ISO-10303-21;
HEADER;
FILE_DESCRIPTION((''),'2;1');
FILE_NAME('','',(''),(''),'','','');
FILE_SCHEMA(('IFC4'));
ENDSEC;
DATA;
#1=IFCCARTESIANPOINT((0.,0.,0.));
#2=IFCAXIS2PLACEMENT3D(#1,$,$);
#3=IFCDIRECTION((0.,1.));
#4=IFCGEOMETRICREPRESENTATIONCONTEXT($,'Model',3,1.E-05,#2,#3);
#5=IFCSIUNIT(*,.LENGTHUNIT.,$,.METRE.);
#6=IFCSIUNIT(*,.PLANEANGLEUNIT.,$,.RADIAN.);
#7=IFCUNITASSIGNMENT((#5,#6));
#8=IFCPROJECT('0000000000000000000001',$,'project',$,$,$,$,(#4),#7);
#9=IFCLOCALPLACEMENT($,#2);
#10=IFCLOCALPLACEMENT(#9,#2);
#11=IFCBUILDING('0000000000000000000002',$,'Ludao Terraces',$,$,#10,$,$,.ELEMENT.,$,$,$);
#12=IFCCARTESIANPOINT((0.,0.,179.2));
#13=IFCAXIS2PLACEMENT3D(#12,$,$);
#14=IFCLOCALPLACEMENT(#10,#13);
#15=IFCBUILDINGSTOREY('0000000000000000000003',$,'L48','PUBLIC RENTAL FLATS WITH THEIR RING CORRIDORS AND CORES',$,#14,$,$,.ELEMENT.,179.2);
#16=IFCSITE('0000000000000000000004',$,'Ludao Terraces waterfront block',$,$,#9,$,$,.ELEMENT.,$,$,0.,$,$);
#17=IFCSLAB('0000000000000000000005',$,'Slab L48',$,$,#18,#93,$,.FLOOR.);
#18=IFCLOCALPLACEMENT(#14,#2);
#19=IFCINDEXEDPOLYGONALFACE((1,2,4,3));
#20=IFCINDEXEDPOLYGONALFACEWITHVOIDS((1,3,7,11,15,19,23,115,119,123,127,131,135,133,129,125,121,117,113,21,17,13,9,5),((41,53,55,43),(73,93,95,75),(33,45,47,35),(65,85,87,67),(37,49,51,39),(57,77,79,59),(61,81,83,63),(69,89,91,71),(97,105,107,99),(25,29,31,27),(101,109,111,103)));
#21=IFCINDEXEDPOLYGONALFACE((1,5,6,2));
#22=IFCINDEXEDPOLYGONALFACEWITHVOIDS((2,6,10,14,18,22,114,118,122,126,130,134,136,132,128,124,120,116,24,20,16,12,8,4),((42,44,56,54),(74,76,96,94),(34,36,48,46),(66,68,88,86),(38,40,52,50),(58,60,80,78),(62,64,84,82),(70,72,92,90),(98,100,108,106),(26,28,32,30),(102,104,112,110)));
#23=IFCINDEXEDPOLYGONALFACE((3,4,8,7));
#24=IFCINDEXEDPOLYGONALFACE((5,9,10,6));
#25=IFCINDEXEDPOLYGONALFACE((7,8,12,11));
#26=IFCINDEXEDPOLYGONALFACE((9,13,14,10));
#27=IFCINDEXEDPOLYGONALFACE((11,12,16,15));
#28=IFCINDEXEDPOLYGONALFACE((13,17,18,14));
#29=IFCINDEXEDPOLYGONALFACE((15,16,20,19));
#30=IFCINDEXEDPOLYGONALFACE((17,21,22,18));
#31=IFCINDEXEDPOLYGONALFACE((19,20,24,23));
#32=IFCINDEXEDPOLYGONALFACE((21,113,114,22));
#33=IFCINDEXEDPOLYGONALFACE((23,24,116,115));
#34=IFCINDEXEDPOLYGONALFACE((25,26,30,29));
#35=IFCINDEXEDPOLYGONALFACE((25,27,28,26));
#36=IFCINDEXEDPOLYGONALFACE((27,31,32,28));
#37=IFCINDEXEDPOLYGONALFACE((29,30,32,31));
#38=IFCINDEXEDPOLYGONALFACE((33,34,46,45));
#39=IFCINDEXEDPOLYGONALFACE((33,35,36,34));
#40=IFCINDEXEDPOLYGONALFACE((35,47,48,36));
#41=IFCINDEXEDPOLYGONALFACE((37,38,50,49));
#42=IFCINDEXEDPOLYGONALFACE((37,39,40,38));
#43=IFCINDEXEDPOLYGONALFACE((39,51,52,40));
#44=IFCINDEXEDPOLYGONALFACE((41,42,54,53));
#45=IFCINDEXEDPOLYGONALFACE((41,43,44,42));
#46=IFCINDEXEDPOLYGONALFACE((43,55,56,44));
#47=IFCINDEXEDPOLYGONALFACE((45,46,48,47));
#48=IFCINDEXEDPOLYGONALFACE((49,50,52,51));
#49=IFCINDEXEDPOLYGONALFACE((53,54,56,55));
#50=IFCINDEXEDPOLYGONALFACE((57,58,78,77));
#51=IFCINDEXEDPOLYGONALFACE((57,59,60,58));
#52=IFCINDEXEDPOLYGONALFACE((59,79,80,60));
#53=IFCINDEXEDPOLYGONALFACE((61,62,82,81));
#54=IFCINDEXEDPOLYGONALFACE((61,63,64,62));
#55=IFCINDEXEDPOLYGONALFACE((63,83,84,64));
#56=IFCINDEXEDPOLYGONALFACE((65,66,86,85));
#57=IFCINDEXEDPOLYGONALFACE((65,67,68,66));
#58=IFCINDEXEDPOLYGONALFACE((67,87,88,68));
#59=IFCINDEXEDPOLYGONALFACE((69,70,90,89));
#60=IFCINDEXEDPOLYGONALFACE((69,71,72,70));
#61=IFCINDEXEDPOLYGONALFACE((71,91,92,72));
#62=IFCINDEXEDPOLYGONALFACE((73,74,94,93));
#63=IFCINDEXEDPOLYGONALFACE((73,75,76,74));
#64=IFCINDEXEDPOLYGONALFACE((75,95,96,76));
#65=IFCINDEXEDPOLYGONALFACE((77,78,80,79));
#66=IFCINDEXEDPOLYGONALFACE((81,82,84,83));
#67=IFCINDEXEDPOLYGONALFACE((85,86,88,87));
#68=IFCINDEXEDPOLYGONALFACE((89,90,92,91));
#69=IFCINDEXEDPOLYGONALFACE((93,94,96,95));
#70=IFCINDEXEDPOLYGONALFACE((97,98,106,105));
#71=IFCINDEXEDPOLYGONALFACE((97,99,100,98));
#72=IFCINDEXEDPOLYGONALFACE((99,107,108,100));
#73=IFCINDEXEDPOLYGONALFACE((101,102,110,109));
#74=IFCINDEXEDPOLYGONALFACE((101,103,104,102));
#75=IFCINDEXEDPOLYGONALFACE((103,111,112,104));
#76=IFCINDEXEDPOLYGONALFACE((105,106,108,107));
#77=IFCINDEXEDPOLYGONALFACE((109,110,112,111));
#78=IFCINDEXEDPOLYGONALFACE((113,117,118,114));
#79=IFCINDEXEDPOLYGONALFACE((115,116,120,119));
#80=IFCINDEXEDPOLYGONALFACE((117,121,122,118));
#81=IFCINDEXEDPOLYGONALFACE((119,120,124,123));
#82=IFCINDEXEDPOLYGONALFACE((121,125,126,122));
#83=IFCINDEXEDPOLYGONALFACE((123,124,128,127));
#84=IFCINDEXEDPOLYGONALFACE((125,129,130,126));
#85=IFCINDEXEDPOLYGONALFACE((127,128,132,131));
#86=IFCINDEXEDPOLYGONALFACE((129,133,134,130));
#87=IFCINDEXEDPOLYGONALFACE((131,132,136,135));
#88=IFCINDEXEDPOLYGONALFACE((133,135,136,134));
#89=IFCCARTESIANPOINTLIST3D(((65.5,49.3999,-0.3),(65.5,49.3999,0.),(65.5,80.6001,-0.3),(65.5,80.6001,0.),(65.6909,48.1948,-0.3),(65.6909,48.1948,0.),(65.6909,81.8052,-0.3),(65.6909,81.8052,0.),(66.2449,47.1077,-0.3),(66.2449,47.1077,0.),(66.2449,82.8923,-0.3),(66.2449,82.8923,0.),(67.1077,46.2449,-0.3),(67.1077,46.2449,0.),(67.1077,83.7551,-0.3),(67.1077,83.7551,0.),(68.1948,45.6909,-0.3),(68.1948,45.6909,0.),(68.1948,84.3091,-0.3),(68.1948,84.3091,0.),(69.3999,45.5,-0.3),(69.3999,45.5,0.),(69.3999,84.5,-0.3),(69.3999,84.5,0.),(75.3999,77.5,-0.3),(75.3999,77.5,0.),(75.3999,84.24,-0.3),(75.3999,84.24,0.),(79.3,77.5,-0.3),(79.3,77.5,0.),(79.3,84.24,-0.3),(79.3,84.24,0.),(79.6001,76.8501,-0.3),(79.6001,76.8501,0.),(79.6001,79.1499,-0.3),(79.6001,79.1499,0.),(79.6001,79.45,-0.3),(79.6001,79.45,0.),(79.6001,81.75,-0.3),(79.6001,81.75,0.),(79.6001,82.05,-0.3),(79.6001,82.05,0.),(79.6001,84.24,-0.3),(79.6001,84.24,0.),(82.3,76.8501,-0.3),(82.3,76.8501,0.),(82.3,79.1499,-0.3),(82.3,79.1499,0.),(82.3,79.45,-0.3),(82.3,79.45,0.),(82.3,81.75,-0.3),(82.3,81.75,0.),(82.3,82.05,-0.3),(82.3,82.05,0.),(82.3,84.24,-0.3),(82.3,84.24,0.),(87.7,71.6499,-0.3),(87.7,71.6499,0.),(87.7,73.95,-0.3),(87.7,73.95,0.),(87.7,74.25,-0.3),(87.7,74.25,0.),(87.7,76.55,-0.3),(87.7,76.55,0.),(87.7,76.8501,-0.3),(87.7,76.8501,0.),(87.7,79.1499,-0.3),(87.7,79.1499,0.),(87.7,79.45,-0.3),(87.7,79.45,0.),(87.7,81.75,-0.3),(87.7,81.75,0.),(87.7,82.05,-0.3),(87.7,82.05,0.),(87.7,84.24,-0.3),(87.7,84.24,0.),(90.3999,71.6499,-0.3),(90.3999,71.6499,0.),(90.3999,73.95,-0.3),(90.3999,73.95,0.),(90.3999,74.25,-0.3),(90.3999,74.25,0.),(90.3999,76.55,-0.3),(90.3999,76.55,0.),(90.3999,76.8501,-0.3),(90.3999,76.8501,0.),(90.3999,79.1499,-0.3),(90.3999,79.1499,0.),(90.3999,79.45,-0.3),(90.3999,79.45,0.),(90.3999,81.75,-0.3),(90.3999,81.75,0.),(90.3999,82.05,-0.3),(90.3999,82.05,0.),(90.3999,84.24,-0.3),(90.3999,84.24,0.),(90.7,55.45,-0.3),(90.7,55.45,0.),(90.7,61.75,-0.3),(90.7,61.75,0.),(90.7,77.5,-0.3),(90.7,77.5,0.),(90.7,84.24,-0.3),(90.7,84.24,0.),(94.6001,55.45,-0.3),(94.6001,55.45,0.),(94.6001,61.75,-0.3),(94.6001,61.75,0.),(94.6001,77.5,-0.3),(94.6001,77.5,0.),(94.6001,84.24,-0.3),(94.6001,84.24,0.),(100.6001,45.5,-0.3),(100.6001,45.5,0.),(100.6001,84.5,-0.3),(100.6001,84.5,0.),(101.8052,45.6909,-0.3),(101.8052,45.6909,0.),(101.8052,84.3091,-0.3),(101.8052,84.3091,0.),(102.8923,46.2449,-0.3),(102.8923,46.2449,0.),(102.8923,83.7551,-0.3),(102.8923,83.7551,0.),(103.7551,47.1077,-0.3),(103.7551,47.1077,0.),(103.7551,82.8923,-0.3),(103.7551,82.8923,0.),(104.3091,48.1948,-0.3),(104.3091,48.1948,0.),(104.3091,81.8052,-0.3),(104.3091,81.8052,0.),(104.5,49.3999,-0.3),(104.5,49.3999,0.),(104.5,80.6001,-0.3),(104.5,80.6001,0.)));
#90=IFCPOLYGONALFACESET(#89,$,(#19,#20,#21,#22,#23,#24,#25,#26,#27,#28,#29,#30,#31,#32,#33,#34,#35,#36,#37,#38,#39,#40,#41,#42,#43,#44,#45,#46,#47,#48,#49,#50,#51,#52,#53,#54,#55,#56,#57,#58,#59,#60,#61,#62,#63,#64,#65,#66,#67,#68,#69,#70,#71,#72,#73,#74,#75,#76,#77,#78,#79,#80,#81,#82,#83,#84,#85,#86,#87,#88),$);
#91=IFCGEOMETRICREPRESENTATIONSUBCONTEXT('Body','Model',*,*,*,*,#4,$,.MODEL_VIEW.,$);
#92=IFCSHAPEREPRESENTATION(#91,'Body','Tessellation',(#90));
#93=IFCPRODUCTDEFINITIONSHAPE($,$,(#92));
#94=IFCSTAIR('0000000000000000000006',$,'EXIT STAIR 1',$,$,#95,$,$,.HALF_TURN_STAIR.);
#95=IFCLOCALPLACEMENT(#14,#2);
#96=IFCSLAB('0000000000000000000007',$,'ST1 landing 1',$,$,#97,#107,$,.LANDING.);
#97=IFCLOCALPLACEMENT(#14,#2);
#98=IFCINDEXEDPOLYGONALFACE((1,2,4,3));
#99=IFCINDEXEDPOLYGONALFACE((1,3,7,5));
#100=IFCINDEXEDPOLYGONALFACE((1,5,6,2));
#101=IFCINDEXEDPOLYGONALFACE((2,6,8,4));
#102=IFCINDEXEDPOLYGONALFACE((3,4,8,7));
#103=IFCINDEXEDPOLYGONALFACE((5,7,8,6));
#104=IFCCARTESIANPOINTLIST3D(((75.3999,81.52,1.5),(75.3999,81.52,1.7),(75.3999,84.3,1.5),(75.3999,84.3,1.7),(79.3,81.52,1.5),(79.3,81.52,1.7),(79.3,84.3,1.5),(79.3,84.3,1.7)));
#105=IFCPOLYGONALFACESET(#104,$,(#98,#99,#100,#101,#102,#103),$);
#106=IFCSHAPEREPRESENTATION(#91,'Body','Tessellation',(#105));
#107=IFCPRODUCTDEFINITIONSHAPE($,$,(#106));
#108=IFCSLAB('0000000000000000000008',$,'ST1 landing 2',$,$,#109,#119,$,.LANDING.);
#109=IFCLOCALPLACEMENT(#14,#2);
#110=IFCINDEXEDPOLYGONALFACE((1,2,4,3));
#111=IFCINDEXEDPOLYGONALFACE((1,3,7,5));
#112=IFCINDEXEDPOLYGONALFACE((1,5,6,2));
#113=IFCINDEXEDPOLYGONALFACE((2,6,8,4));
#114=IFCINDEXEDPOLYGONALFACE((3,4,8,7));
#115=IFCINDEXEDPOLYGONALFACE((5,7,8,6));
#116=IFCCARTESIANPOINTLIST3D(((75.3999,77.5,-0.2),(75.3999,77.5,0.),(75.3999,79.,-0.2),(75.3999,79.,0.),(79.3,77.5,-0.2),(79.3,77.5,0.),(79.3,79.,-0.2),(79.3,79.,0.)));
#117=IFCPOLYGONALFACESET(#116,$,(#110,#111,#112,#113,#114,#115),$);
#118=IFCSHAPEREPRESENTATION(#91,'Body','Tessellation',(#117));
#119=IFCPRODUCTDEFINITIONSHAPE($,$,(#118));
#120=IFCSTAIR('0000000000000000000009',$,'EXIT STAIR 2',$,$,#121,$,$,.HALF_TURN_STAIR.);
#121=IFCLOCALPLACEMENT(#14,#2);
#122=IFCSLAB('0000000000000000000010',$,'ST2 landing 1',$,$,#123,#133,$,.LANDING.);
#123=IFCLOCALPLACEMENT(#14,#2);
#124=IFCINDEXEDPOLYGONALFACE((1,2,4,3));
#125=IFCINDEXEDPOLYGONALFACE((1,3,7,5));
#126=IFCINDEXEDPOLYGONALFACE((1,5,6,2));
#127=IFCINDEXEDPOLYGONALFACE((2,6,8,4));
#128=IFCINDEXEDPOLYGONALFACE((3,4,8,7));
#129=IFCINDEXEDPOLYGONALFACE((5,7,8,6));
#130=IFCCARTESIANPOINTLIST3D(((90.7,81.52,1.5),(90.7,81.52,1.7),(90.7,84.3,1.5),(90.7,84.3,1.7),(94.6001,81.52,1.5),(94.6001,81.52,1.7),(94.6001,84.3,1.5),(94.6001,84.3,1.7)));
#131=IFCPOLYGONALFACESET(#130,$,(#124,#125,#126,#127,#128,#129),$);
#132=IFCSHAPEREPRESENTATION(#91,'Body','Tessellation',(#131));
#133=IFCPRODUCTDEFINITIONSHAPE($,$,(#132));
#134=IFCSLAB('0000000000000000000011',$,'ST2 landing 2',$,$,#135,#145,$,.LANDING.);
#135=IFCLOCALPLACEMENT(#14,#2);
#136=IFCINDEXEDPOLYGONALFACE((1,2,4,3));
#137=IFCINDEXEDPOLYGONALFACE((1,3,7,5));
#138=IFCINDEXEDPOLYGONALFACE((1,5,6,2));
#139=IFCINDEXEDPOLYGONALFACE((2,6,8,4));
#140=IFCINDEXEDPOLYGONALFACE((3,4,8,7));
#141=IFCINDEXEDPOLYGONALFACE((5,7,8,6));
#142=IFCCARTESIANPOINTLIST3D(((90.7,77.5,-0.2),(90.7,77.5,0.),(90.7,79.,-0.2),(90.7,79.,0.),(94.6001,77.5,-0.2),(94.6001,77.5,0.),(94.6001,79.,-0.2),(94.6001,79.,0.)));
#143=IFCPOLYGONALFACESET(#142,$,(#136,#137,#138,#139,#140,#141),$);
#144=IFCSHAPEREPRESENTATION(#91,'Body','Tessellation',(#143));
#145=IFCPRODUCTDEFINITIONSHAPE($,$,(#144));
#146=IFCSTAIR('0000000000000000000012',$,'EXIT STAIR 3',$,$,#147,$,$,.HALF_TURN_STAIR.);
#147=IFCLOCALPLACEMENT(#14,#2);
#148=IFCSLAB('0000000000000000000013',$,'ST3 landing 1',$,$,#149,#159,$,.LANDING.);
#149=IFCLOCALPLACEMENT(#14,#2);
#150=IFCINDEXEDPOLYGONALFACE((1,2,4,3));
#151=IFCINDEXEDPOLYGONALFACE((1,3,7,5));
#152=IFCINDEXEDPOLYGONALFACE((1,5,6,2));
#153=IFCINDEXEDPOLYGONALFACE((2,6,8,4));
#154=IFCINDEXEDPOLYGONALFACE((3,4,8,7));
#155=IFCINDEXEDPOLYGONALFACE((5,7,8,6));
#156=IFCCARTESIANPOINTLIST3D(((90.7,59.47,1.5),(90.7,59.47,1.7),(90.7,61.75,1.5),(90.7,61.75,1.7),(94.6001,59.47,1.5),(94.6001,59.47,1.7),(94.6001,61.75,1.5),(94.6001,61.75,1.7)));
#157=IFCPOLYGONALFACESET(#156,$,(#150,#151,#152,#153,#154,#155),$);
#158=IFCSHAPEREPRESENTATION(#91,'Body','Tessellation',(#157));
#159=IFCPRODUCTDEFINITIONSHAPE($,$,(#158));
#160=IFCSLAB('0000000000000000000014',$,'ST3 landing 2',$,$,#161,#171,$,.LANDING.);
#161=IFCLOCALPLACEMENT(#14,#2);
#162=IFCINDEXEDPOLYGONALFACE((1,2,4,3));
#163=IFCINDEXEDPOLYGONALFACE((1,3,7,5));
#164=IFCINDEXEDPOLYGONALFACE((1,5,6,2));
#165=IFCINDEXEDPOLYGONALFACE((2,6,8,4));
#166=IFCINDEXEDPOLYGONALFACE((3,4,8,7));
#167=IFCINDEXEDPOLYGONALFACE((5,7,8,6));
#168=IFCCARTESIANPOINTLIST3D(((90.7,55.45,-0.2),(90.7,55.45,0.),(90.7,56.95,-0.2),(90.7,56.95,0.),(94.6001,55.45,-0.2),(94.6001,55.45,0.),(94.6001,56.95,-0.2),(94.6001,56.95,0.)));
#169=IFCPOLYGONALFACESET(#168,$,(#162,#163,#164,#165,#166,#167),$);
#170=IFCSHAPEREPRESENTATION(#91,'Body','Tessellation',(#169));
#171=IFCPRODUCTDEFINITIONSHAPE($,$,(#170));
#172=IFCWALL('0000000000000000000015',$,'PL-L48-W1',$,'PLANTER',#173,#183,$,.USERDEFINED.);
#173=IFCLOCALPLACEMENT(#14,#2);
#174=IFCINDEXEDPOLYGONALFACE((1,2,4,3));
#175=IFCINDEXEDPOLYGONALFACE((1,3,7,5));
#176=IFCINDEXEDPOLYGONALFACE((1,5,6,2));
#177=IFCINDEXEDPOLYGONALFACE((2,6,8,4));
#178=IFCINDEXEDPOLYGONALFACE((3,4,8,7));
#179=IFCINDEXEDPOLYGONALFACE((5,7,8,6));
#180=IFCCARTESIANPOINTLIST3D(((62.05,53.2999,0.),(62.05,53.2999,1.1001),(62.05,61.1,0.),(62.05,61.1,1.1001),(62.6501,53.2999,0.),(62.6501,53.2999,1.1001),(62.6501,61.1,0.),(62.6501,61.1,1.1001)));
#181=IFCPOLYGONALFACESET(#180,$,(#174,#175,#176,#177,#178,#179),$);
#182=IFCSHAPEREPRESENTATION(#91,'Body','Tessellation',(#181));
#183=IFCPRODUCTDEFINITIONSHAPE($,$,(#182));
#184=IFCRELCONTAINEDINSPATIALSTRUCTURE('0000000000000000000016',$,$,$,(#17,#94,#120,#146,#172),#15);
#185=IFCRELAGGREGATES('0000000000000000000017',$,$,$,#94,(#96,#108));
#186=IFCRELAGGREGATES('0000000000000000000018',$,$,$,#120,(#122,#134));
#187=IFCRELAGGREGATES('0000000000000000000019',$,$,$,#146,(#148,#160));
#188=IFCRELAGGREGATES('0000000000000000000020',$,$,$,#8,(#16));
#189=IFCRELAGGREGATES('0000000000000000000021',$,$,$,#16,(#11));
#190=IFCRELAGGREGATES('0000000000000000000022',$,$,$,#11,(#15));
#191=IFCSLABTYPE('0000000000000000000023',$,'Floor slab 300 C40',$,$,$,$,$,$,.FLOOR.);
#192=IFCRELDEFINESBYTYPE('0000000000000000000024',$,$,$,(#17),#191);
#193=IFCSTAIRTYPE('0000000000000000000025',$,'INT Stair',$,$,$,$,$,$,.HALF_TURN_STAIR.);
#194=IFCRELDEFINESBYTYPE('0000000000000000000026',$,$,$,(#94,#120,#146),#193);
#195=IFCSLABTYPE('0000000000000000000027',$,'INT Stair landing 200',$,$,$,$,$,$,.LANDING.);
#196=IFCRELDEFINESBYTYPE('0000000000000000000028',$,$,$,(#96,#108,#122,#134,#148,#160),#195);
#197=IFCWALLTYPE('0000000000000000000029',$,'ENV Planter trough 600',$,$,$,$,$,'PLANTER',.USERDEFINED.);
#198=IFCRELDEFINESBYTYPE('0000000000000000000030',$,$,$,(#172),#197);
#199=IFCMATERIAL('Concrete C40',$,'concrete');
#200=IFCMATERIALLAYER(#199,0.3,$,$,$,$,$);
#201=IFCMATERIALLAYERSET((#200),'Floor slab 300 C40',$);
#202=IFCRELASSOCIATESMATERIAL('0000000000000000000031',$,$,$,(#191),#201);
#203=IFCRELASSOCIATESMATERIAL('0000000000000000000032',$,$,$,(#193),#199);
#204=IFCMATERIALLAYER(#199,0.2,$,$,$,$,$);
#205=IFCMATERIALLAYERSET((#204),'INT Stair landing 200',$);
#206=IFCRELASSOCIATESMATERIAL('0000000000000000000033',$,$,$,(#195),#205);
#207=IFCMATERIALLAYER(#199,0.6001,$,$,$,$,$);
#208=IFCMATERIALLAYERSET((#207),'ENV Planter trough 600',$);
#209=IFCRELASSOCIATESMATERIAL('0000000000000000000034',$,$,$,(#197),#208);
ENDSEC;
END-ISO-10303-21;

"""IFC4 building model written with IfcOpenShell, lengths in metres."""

from ifc_helpers import new_model, si_unit, direction, frame, frame_2d, origin, place, context, subcontext, project, spatial, polyline, rectangle, outline, extrude, material, layer, layer_set, type_object, element, aggregate, save


model = new_model("IFC4")

# Units and contexts
model_context = context("Model", 3, precision=1e-05, world=origin(), true_north=direction((0.0, 1.0)))
body_context = subcontext(model_context, "Body", "Model", "MODEL_VIEW")
ifc_project = project(units=[si_unit("LENGTHUNIT", "METRE"), si_unit("PLANEANGLEUNIT", "RADIAN")], contexts=[model_context])

# Site, building, storey
site_placement = place(None, origin())
site = spatial("IfcSite", under=ifc_project, at=site_placement, Name="Ludao Terraces waterfront block", CompositionType="ELEMENT", RefElevation=0.0)
building_placement = place(site_placement, origin())
building = spatial("IfcBuilding", under=site, at=building_placement, Name="Ludao Terraces", CompositionType="ELEMENT")
storey_placement = place(building_placement, frame((0.0, 0.0, 179.2)))
storey = spatial("IfcBuildingStorey", under=building, at=storey_placement, Name="L48", Description="PUBLIC RENTAL FLATS WITH THEIR RING CORRIDORS AND CORES", CompositionType="ELEMENT", Elevation=179.2)

# Shared definitions
ifc_material_1 = material(Name="Concrete C40", Category="concrete")

# Slab
ifc_layer_1 = layer(ifc_material_1, 0.3)
ifc_layer_set_1 = layer_set([ifc_layer_1], Name="Floor slab 300 C40")
slab_type_1 = type_object("IfcSlabType", Name="Floor slab 300 C40", PredefinedType="FLOOR", material=ifc_layer_set_1)
slab_1_placement = place(storey_placement, frame((0.0, 0.0, -0.3)))
element("IfcSlab", 1, at=slab_1_placement, inside=storey, type_object=slab_type_1, Name="Slab L48", PredefinedType="FLOOR", context=body_context, shape_type="SweptSolid", body=[
    extrude(outline(polyline([(100.6001, 45.5), (101.8052, 45.6909), (102.8923, 46.2449), (103.7551, 47.1077), (104.3091, 48.1948), (104.5, 49.3999), (104.5, 80.6001), (104.3091, 81.8052), (103.7551, 82.8923), (102.8923, 83.7551), (101.8052, 84.3091), (100.6001, 84.5), (69.3999, 84.5), (68.1948, 84.3091), (67.1077, 83.7551), (66.2449, 82.8923), (65.6909, 81.8052), (65.5, 80.6001), (65.5, 49.3999), (65.6909, 48.1948), (66.2449, 47.1077), (67.1077, 46.2449), (68.1948, 45.6909), (69.3999, 45.5), (100.6001, 45.5)]), holes=[polyline([(79.6001, 76.8501), (82.3, 76.8501), (82.3, 79.1499), (79.6001, 79.1499), (79.6001, 76.8501)]), polyline([(79.6001, 79.45), (82.3, 79.45), (82.3, 81.75), (79.6001, 81.75), (79.6001, 79.45)]), polyline([(79.6001, 82.05), (82.3, 82.05), (82.3, 84.24), (79.6001, 84.24), (79.6001, 82.05)]), polyline([(87.7, 71.6499), (90.3999, 71.6499), (90.3999, 73.95), (87.7, 73.95), (87.7, 71.6499)]), polyline([(87.7, 74.25), (90.3999, 74.25), (90.3999, 76.55), (87.7, 76.55), (87.7, 74.25)]), polyline([(87.7, 76.8501), (90.3999, 76.8501), (90.3999, 79.1499), (87.7, 79.1499), (87.7, 76.8501)]), polyline([(87.7, 79.45), (90.3999, 79.45), (90.3999, 81.75), (87.7, 81.75), (87.7, 79.45)]), polyline([(87.7, 82.05), (90.3999, 82.05), (90.3999, 84.24), (87.7, 84.24), (87.7, 82.05)]), polyline([(75.3999, 77.5), (79.3, 77.5), (79.3, 84.24), (75.3999, 84.24), (75.3999, 77.5)]), polyline([(90.7, 77.5), (94.6001, 77.5), (94.6001, 84.24), (90.7, 84.24), (90.7, 77.5)]), polyline([(90.7, 55.45), (94.6001, 55.45), (94.6001, 61.75), (90.7, 61.75), (90.7, 55.45)])]), origin(), (0.0, 0.0, 1.0), 0.3),
])

# Stairs, slabs
stair_type = type_object("IfcStairType", Name="INT Stair", PredefinedType="HALF_TURN_STAIR", material=ifc_material_1)
stair_1_placement = place(storey_placement, origin())
stair_1 = element("IfcStair", 2, at=stair_1_placement, inside=storey, type_object=stair_type, Name="EXIT STAIR 1", PredefinedType="HALF_TURN_STAIR")
ifc_layer_2 = layer(ifc_material_1, 0.2)
ifc_layer_set_2 = layer_set([ifc_layer_2], Name="INT Stair landing 200")
slab_type_2 = type_object("IfcSlabType", Name="INT Stair landing 200", PredefinedType="LANDING", material=ifc_layer_set_2)
slab_2_placement = place(storey_placement, frame((0.0, 0.0, 1.5)))
slab_2 = element("IfcSlab", 3, at=slab_2_placement, type_object=slab_type_2, Name="ST1 landing 1", PredefinedType="LANDING", context=body_context, shape_type="SweptSolid", body=[
    extrude(outline(polyline([(75.3999, 81.52), (79.3, 81.52), (79.3, 84.3), (75.3999, 84.3), (75.3999, 81.52)])), origin(), (0.0, 0.0, 1.0), 0.2),
])
slab_3_placement = place(storey_placement, frame((0.0, 0.0, -0.2)))
slab_3 = element("IfcSlab", 4, at=slab_3_placement, type_object=slab_type_2, Name="ST1 landing 2", PredefinedType="LANDING", context=body_context, shape_type="SweptSolid", body=[
    extrude(outline(polyline([(75.3999, 77.5), (79.3, 77.5), (79.3, 79.0), (75.3999, 79.0), (75.3999, 77.5)])), origin(), (0.0, 0.0, 1.0), 0.2),
])
aggregate(stair_1, [slab_2, slab_3])
stair_2_placement = place(storey_placement, origin())
stair_2 = element("IfcStair", 5, at=stair_2_placement, inside=storey, type_object=stair_type, Name="EXIT STAIR 2", PredefinedType="HALF_TURN_STAIR")
slab_4_placement = place(storey_placement, frame((0.0, 0.0, 1.5)))
slab_4 = element("IfcSlab", 6, at=slab_4_placement, type_object=slab_type_2, Name="ST2 landing 1", PredefinedType="LANDING", context=body_context, shape_type="SweptSolid", body=[
    extrude(outline(polyline([(90.7, 81.52), (94.6001, 81.52), (94.6001, 84.3), (90.7, 84.3), (90.7, 81.52)])), origin(), (0.0, 0.0, 1.0), 0.2),
])
slab_5_placement = place(storey_placement, frame((0.0, 0.0, -0.2)))
slab_5 = element("IfcSlab", 7, at=slab_5_placement, type_object=slab_type_2, Name="ST2 landing 2", PredefinedType="LANDING", context=body_context, shape_type="SweptSolid", body=[
    extrude(outline(polyline([(90.7, 77.5), (94.6001, 77.5), (94.6001, 79.0), (90.7, 79.0), (90.7, 77.5)])), origin(), (0.0, 0.0, 1.0), 0.2),
])
aggregate(stair_2, [slab_4, slab_5])
stair_3_placement = place(storey_placement, origin())
stair_3 = element("IfcStair", 8, at=stair_3_placement, inside=storey, type_object=stair_type, Name="EXIT STAIR 3", PredefinedType="HALF_TURN_STAIR")
slab_6_placement = place(storey_placement, frame((0.0, 0.0, 1.5)))
slab_6 = element("IfcSlab", 9, at=slab_6_placement, type_object=slab_type_2, Name="ST3 landing 1", PredefinedType="LANDING", context=body_context, shape_type="SweptSolid", body=[
    extrude(outline(polyline([(90.7, 59.47), (94.6001, 59.47), (94.6001, 61.75), (90.7, 61.75), (90.7, 59.47)])), origin(), (0.0, 0.0, 1.0), 0.2),
])
slab_7_placement = place(storey_placement, frame((0.0, 0.0, -0.2)))
slab_7 = element("IfcSlab", 10, at=slab_7_placement, type_object=slab_type_2, Name="ST3 landing 2", PredefinedType="LANDING", context=body_context, shape_type="SweptSolid", body=[
    extrude(outline(polyline([(90.7, 55.45), (94.6001, 55.45), (94.6001, 56.95), (90.7, 56.95), (90.7, 55.45)])), origin(), (0.0, 0.0, 1.0), 0.2),
])
aggregate(stair_3, [slab_6, slab_7])

# Wall
ifc_layer_3 = layer(ifc_material_1, 0.6001)
ifc_layer_set_3 = layer_set([ifc_layer_3], Name="ENV Planter trough 600")
wall_type = type_object("IfcWallType", Name="ENV Planter trough 600", ElementType="PLANTER", PredefinedType="USERDEFINED", material=ifc_layer_set_3)
wall_1_placement = place(storey_placement, frame((62.3501, 53.3, 0.0), z_axis=(0.0, 0.0, 1.0), x_axis=(0.0, 1.0, 0.0)))
element("IfcWall", 11, at=wall_1_placement, inside=storey, type_object=wall_type, Name="PL-L48-W1", ObjectType="PLANTER", PredefinedType="USERDEFINED", context=body_context, shape_type="SweptSolid", body=[
    extrude(rectangle(XDim=7.8, YDim=0.6001, at=frame_2d((3.8999, 0.0))), origin(), (0.0, 0.0, 1.0), 1.1001),
])

save(model, "model.ifc")
